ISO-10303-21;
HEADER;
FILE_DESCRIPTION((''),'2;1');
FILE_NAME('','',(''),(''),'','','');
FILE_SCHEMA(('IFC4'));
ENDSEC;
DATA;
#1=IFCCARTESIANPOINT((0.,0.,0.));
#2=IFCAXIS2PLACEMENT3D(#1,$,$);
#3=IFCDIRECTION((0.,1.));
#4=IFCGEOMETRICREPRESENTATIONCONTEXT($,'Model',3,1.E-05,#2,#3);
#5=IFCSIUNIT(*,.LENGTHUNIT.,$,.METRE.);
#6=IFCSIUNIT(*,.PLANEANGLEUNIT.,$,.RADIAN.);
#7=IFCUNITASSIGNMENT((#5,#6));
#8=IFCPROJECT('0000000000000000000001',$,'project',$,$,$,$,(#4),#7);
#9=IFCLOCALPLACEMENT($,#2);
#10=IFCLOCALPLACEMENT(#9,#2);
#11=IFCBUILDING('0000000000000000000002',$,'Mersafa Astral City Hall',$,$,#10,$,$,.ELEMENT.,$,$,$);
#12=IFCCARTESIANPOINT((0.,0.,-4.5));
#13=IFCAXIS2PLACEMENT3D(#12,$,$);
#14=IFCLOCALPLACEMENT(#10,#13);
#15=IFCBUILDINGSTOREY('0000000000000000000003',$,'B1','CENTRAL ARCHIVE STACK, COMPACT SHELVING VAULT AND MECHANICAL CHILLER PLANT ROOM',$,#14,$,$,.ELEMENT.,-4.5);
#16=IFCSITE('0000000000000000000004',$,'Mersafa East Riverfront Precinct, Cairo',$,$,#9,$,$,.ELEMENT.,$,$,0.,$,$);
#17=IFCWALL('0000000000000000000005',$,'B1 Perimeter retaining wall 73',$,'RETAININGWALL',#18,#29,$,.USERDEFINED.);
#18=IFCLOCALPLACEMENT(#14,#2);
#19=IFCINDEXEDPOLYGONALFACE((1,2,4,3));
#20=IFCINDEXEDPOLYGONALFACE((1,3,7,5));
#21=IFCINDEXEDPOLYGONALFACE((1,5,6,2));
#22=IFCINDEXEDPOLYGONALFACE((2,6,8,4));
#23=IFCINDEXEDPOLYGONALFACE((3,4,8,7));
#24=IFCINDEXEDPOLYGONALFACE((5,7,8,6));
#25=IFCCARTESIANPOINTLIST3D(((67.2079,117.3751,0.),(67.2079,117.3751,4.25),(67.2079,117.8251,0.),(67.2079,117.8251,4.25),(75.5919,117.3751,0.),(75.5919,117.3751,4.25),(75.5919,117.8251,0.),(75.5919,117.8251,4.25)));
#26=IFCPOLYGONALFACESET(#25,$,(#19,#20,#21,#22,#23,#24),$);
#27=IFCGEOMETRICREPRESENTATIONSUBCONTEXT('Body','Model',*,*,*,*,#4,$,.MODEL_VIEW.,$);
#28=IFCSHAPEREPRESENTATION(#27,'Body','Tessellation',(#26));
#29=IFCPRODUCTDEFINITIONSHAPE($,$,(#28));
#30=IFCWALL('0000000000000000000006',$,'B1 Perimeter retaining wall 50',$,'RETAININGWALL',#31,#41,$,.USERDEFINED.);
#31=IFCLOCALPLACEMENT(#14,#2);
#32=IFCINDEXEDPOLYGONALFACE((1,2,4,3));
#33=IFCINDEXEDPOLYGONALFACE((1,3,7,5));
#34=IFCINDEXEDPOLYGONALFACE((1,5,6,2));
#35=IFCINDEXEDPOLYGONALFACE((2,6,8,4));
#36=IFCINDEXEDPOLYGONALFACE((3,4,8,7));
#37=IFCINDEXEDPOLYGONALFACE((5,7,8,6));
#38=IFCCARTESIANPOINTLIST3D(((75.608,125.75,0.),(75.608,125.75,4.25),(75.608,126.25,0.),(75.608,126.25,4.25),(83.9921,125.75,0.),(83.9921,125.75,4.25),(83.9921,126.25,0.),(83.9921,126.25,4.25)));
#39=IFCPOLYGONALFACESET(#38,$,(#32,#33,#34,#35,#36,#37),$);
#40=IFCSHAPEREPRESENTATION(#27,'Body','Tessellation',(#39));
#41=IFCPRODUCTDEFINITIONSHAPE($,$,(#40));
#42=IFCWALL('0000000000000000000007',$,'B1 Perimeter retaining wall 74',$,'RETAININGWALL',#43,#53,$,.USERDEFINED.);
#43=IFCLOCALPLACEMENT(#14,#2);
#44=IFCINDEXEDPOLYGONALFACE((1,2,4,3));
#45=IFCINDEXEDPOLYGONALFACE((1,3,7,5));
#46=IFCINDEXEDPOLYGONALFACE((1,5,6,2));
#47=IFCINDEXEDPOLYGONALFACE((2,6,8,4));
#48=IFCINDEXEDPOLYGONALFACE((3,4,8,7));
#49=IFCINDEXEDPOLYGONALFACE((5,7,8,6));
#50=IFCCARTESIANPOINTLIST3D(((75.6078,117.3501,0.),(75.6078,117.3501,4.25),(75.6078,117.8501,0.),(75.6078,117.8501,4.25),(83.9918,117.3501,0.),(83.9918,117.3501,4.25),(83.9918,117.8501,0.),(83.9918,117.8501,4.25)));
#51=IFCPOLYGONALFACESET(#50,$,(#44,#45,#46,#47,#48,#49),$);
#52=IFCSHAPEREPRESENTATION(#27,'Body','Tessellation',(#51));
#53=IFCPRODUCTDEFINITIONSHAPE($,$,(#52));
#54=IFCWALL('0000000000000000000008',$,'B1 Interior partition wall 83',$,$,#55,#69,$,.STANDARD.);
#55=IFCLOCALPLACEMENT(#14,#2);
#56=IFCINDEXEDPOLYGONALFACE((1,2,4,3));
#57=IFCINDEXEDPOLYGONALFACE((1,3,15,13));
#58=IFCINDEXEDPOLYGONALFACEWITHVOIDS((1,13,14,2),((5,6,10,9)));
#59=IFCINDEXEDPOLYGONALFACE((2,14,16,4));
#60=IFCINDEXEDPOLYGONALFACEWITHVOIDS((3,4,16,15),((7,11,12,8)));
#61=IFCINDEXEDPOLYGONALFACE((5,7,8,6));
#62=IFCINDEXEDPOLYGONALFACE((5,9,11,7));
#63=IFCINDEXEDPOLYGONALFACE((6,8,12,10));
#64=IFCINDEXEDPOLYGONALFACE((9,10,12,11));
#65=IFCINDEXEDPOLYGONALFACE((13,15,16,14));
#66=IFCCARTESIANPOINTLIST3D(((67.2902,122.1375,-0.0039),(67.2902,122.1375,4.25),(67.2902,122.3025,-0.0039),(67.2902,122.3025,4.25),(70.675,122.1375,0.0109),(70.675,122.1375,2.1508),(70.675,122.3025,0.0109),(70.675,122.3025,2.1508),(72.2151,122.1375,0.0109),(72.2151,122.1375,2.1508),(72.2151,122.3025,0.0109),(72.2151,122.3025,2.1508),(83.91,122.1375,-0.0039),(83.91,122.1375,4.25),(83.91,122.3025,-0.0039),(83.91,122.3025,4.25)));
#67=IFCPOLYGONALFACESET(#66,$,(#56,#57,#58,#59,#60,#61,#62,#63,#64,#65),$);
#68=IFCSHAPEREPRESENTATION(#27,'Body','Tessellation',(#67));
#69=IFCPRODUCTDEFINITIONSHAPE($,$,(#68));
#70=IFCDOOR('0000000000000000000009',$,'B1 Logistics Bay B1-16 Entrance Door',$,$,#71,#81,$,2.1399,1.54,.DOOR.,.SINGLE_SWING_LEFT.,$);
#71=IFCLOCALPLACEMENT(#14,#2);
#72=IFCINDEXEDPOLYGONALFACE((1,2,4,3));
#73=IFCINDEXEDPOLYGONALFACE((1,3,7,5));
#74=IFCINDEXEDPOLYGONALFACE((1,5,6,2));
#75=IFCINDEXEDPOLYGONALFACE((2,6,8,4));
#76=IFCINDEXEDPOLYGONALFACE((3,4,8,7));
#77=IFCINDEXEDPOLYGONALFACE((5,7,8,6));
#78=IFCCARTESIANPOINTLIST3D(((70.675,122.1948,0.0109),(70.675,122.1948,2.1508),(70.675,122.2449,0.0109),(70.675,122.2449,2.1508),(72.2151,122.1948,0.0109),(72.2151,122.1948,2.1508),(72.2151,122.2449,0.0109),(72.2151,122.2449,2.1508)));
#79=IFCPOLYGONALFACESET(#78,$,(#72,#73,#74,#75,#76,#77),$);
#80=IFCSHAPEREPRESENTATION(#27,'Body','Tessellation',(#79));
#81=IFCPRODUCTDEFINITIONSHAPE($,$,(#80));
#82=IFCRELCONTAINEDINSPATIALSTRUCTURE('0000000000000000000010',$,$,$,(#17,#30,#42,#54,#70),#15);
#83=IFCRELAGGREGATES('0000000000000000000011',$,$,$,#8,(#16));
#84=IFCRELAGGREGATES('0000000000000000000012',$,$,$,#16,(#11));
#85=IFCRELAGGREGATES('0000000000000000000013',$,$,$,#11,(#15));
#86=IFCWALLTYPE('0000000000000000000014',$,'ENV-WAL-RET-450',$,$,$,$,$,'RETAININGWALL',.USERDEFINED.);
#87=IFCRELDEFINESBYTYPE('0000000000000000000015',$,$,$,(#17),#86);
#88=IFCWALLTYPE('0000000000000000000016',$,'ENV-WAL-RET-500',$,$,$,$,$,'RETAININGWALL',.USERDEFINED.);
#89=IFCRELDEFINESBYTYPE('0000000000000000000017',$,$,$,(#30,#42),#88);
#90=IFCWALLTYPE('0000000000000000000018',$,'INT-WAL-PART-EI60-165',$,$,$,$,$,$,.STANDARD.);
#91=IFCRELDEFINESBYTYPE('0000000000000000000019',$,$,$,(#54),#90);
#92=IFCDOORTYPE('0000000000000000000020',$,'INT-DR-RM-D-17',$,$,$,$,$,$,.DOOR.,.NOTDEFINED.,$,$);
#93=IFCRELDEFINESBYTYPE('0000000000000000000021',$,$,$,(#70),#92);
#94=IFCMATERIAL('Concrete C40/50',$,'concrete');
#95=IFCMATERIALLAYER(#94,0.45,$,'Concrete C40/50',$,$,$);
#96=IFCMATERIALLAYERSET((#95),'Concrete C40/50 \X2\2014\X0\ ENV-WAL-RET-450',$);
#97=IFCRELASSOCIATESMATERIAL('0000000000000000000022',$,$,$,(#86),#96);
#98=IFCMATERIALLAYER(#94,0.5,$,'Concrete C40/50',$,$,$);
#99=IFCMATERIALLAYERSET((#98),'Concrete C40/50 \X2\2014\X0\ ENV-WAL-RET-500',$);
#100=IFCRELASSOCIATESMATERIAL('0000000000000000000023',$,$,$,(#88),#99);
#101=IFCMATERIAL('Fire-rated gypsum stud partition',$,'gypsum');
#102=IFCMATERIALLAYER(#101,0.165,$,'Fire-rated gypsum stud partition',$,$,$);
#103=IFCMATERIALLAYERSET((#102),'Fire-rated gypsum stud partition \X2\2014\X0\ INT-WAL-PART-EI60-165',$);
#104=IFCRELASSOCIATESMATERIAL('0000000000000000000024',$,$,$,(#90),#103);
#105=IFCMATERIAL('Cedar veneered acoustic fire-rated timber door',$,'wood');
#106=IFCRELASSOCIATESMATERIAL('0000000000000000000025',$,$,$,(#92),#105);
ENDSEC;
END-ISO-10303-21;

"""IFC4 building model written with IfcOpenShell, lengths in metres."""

from ifc_helpers import new_model, si_unit, direction, frame, frame_2d, origin, place, context, subcontext, project, spatial, rectangle, extrude, material, layer, layer_set, type_object, element, fill, save


model = new_model("IFC4")

# Units and contexts
model_context = context("Model", 3, precision=1e-05, world=origin(), true_north=direction((0.0, 1.0)))
body_context = subcontext(model_context, "Body", "Model", "MODEL_VIEW")
ifc_project = project(units=[si_unit("LENGTHUNIT", "METRE"), si_unit("PLANEANGLEUNIT", "RADIAN")], contexts=[model_context])

# Site, building, storey
site_placement = place(None, origin())
site = spatial("IfcSite", under=ifc_project, at=site_placement, Name="Mersafa East Riverfront Precinct, Cairo", CompositionType="ELEMENT", RefElevation=0.0)
building_placement = place(site_placement, origin())
building = spatial("IfcBuilding", under=site, at=building_placement, Name="Mersafa Astral City Hall", CompositionType="ELEMENT")
storey_placement = place(building_placement, frame((0.0, 0.0, -4.5)))
storey = spatial("IfcBuildingStorey", under=building, at=storey_placement, Name="B1", Description="CENTRAL ARCHIVE STACK, COMPACT SHELVING VAULT AND MECHANICAL CHILLER PLANT ROOM", CompositionType="ELEMENT", Elevation=-4.5)

# Shared definitions
ifc_material_1 = material(Name="Concrete C40/50", Category="concrete")

# Walls
ifc_layer_1 = layer(ifc_material_1, 0.45, Name="Concrete C40/50")
ifc_layer_set_1 = layer_set([ifc_layer_1], Name="Concrete C40/50 — ENV-WAL-RET-450")
wall_type_1 = type_object("IfcWallType", Name="ENV-WAL-RET-450", ElementType="RETAININGWALL", PredefinedType="USERDEFINED", material=ifc_layer_set_1)
for number, where, z_axis, x_axis, name in (
    (1, (67.208, 117.6001, 0.0), (0.0, 0.0, 1.0), (1.0, 0.0, 0.0), "B1 Perimeter retaining wall 73"),
):
    element("IfcWall", number, at=place(storey_placement, frame(where, z_axis=z_axis, x_axis=x_axis)), inside=storey, type_object=wall_type_1, Name=name, ObjectType="RETAININGWALL", PredefinedType="USERDEFINED", context=body_context, shape_type="SweptSolid", body=[
        extrude(rectangle(XDim=8.384, YDim=0.45, at=frame_2d((4.1919, 0.0))), origin(), (0.0, 0.0, 1.0), 4.25),
    ])
ifc_layer_2 = layer(ifc_material_1, 0.5, Name="Concrete C40/50")
ifc_layer_set_2 = layer_set([ifc_layer_2], Name="Concrete C40/50 — ENV-WAL-RET-500")
wall_type_2 = type_object("IfcWallType", Name="ENV-WAL-RET-500", ElementType="RETAININGWALL", PredefinedType="USERDEFINED", material=ifc_layer_set_2)
for number, where, z_axis, x_axis, name in (
    (2, (83.9919, 126.0, 0.0), (0.0, 0.0, 1.0), (-1.0, 0.0, 0.0), "B1 Perimeter retaining wall 50"),
    (3, (75.6079, 117.6001, 0.0), (0.0, 0.0, 1.0), (1.0, 0.0, 0.0), "B1 Perimeter retaining wall 74"),
):
    element("IfcWall", number, at=place(storey_placement, frame(where, z_axis=z_axis, x_axis=x_axis)), inside=storey, type_object=wall_type_2, Name=name, ObjectType="RETAININGWALL", PredefinedType="USERDEFINED", context=body_context, shape_type="SweptSolid", body=[
        extrude(rectangle(XDim=8.384, YDim=0.5, at=frame_2d((4.1919, 0.0))), origin(), (0.0, 0.0, 1.0), 4.25),
    ])

# Wall, opening, door
ifc_material_2 = material(Name="Fire-rated gypsum stud partition", Category="gypsum")
ifc_layer_3 = layer(ifc_material_2, 0.165, Name="Fire-rated gypsum stud partition")
ifc_layer_set_3 = layer_set([ifc_layer_3], Name="Fire-rated gypsum stud partition — INT-WAL-PART-EI60-165")
wall_type_3 = type_object("IfcWallType", Name="INT-WAL-PART-EI60-165", PredefinedType="STANDARD", material=ifc_layer_set_3)
wall_placement = place(storey_placement, frame((67.29, 122.22, -0.0039), z_axis=(0.0, 0.0, 1.0), x_axis=(1.0, 0.0, 0.0)))
wall = element("IfcWall", 4, at=wall_placement, inside=storey, type_object=wall_type_3, Name="B1 Interior partition wall 83", PredefinedType="STANDARD", context=body_context, shape_type="SweptSolid", body=[
    extrude(rectangle(XDim=16.6199, YDim=0.165, at=frame_2d((8.3101, 0.0))), origin(), (0.0, 0.0, 1.0), 4.2539),
])
opening_placement = place(wall_placement, frame((3.385, 0.0, 0.0149)))
opening = element("IfcOpeningElement", 5, at=opening_placement, cuts=wall, PredefinedType="OPENING", context=body_context, shape_type="SweptSolid", body=[
    extrude(rectangle(XDim=1.54, YDim=2.1399, at=frame_2d((0.77, 1.0698))), frame((0.0, 0.0925, 0.0), z_axis=(0.0, -1.0, 0.0), x_axis=(1.0, 0.0, 0.0)), (0.0, 0.0, 1.0), 0.1851),
])
ifc_material_3 = material(Name="Cedar veneered acoustic fire-rated timber door", Category="wood")
door_type = type_object("IfcDoorType", Name="INT-DR-RM-D-17", OperationType="NOTDEFINED", PredefinedType="DOOR", material=ifc_material_3)
door_placement = place(opening_placement, origin())
door = element("IfcDoor", 6, at=door_placement, inside=storey, type_object=door_type, Name="B1 Logistics Bay B1-16 Entrance Door", OperationType="SINGLE_SWING_LEFT", OverallHeight=2.1399, OverallWidth=1.54, PredefinedType="DOOR", context=body_context, shape_type="SweptSolid", body=[
    extrude(rectangle(XDim=1.54, YDim=2.1399, at=frame_2d((0.77, 1.0698))), frame((0.0, 0.0249, 0.0), z_axis=(0.0, -1.0, 0.0), x_axis=(1.0, 0.0, 0.0)), (0.0, 0.0, 1.0), 0.05),
])
fill(opening, door)

save(model, "model.ifc")
